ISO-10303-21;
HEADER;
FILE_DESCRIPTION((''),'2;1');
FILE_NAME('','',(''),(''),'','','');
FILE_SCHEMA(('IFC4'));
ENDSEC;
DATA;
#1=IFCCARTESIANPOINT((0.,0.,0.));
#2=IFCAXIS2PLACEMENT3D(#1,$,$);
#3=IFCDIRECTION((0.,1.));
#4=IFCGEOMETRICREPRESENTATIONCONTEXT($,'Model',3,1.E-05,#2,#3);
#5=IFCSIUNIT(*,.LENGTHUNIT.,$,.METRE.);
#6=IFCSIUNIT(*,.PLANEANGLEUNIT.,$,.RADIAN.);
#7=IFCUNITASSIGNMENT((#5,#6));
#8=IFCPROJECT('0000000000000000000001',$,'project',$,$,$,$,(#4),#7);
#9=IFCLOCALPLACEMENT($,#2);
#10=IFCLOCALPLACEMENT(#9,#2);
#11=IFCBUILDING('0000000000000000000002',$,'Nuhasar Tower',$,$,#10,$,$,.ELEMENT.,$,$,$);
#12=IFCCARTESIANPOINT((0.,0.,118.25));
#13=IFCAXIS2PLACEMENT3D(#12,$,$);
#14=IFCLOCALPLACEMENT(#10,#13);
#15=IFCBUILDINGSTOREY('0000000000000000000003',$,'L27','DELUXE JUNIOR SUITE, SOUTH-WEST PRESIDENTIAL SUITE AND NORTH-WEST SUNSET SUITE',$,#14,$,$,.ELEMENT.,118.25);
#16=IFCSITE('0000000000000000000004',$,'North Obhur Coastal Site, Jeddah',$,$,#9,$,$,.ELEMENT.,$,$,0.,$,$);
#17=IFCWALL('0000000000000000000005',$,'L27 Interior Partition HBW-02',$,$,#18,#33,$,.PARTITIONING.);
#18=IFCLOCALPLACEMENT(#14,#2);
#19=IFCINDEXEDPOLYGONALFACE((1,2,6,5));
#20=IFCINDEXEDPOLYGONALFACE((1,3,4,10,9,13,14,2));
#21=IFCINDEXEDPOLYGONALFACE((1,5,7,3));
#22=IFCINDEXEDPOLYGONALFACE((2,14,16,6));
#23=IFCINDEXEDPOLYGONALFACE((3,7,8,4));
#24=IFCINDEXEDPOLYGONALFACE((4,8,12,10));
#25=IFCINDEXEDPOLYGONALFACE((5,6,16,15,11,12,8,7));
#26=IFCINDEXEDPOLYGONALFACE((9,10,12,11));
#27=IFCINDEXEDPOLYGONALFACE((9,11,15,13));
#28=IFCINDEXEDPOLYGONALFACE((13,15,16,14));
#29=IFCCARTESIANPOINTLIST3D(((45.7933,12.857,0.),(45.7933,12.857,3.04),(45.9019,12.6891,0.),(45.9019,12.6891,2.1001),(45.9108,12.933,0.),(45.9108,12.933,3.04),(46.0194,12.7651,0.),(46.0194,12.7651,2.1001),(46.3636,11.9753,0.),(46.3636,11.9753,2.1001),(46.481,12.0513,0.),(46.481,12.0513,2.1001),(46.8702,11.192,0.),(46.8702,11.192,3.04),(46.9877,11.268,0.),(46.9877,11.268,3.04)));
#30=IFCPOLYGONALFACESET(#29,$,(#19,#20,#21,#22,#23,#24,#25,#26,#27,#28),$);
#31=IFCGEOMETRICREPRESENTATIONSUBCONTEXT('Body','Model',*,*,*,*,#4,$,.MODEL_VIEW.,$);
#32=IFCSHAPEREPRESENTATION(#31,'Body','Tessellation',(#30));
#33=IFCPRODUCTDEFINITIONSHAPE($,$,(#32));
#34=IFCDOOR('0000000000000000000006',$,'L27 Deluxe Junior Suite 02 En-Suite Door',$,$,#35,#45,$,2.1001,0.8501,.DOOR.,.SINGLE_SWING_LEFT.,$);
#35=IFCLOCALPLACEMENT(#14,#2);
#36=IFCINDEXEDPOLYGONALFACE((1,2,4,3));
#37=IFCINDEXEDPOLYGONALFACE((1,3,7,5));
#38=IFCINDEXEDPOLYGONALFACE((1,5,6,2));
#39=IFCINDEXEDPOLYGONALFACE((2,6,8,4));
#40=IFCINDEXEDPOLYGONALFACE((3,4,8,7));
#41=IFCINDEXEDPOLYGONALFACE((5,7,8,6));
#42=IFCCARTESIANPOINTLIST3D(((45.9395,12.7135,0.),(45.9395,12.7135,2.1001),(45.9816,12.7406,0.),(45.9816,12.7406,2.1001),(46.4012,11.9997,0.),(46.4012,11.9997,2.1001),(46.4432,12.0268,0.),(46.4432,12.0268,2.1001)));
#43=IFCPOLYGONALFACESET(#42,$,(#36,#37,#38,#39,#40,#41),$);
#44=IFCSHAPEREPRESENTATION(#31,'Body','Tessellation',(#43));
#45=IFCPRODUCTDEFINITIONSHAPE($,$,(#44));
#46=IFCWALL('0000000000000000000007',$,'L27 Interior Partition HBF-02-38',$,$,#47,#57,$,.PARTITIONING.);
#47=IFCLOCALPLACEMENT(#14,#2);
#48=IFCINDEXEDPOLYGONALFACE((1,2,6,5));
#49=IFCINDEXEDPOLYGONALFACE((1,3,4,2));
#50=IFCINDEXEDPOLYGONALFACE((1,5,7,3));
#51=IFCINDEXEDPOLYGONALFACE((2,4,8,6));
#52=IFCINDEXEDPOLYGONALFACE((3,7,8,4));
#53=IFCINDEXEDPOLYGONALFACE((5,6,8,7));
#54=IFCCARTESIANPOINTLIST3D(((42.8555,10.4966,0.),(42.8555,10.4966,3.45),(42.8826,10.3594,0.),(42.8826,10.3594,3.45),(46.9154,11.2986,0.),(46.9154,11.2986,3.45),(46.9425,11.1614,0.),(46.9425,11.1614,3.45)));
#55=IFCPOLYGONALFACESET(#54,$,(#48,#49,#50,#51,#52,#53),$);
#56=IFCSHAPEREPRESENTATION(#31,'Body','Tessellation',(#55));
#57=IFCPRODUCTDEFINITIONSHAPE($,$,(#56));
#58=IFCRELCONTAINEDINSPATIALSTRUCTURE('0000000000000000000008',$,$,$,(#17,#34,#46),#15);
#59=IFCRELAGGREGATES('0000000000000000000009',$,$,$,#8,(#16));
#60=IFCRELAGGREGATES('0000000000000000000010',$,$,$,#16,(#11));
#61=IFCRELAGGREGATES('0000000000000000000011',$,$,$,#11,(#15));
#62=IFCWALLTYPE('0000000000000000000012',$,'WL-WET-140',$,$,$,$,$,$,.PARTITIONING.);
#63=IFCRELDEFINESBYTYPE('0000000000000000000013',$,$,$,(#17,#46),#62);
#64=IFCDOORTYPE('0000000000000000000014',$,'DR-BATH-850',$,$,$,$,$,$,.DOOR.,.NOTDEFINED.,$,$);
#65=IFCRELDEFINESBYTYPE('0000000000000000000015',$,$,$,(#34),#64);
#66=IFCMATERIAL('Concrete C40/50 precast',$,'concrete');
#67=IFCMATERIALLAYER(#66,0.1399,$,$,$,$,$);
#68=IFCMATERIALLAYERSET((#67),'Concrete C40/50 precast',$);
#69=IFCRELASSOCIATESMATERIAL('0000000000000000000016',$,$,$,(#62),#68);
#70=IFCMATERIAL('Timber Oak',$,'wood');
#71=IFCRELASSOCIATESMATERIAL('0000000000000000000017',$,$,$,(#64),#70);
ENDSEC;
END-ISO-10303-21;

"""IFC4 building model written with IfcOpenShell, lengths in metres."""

from ifc_helpers import new_model, si_unit, direction, frame, frame_2d, origin, place, context, subcontext, project, spatial, rectangle, extrude, material, layer, layer_set, type_object, element, fill, save


model = new_model("IFC4")

# Units and contexts
model_context = context("Model", 3, precision=1e-05, world=origin(), true_north=direction((0.0, 1.0)))
body_context = subcontext(model_context, "Body", "Model", "MODEL_VIEW")
ifc_project = project(units=[si_unit("LENGTHUNIT", "METRE"), si_unit("PLANEANGLEUNIT", "RADIAN")], contexts=[model_context])

# Site, building, storey
site_placement = place(None, origin())
site = spatial("IfcSite", under=ifc_project, at=site_placement, Name="North Obhur Coastal Site, Jeddah", CompositionType="ELEMENT", RefElevation=0.0)
building_placement = place(site_placement, origin())
building = spatial("IfcBuilding", under=site, at=building_placement, Name="Nuhasar Tower", CompositionType="ELEMENT")
storey_placement = place(building_placement, frame((0.0, 0.0, 118.25)))
storey = spatial("IfcBuildingStorey", under=building, at=storey_placement, Name="L27", Description="DELUXE JUNIOR SUITE, SOUTH-WEST PRESIDENTIAL SUITE AND NORTH-WEST SUNSET SUITE", CompositionType="ELEMENT", Elevation=118.25)

# Shared definitions
ifc_material_1 = material(Name="Timber Oak", Category="wood")

# Shared definitions
ifc_material_2 = material(Name="Concrete C40/50 precast", Category="concrete")

# Wall, opening, door
ifc_layer_1 = layer(ifc_material_2, 0.1399)
ifc_layer_set_1 = layer_set([ifc_layer_1], Name="Concrete C40/50 precast")
wall_type_1 = type_object("IfcWallType", Name="WL-WET-140", PredefinedType="PARTITIONING", material=ifc_layer_set_1)
door_type_1 = type_object("IfcDoorType", Name="DR-BATH-850", OperationType="NOTDEFINED", PredefinedType="DOOR", material=ifc_material_1)
wall_1_placement = place(storey_placement, frame((45.8521, 12.895, 0.0), z_axis=(0.0, 0.0, 1.0), x_axis=(0.543083, -0.839679, 0.0)))
wall_1 = element("IfcWall", 1, at=wall_1_placement, inside=storey, type_object=wall_type_1, Name="L27 Interior Partition HBW-02", PredefinedType="PARTITIONING", context=body_context, shape_type="SweptSolid", body=[
    extrude(rectangle(XDim=1.9829, YDim=0.1399, at=frame_2d((0.9915, 0.0))), origin(), (0.0, 0.0, 1.0), 3.04),
])
opening_1_placement = place(wall_1_placement, frame((0.2, 0.0, 0.0)))
opening_1 = element("IfcOpeningElement", 2, at=opening_1_placement, cuts=wall_1, PredefinedType="OPENING", context=body_context, shape_type="SweptSolid", body=[
    extrude(rectangle(XDim=0.8501, YDim=2.1001, at=frame_2d((0.425, 1.05))), frame((0.0, 0.0801, 0.0), z_axis=(0.0, -1.0, 0.0), x_axis=(1.0, 0.0, 0.0)), (0.0, 0.0, 1.0), 0.1599),
])
door_1_placement = place(opening_1_placement, origin())
door_1 = element("IfcDoor", 3, at=door_1_placement, inside=storey, type_object=door_type_1, Name="L27 Deluxe Junior Suite 02 En-Suite Door", OperationType="SINGLE_SWING_LEFT", OverallHeight=2.1001, OverallWidth=0.8501, PredefinedType="DOOR", context=body_context, shape_type="SweptSolid", body=[
    extrude(rectangle(XDim=0.8501, YDim=2.1001, at=frame_2d((0.425, 1.05))), frame((0.0, 0.0249, 0.0), z_axis=(0.0, -1.0, 0.0), x_axis=(1.0, 0.0, 0.0)), (0.0, 0.0, 1.0), 0.05),
])
fill(opening_1, door_1)

# Wall
wall_2_placement = place(storey_placement, frame((42.8689, 10.428, 0.0), z_axis=(0.0, 0.0, 1.0), x_axis=(0.981043, 0.19379, 0.0)))
element("IfcWall", 4, at=wall_2_placement, inside=storey, type_object=wall_type_1, Name="L27 Interior Partition HBF-02-38", PredefinedType="PARTITIONING", context=body_context, shape_type="SweptSolid", body=[
    extrude(rectangle(XDim=4.1384, YDim=0.1399, at=frame_2d((2.0693, 0.0))), origin(), (0.0, 0.0, 1.0), 3.45),
])

save(model, "model.ifc")
